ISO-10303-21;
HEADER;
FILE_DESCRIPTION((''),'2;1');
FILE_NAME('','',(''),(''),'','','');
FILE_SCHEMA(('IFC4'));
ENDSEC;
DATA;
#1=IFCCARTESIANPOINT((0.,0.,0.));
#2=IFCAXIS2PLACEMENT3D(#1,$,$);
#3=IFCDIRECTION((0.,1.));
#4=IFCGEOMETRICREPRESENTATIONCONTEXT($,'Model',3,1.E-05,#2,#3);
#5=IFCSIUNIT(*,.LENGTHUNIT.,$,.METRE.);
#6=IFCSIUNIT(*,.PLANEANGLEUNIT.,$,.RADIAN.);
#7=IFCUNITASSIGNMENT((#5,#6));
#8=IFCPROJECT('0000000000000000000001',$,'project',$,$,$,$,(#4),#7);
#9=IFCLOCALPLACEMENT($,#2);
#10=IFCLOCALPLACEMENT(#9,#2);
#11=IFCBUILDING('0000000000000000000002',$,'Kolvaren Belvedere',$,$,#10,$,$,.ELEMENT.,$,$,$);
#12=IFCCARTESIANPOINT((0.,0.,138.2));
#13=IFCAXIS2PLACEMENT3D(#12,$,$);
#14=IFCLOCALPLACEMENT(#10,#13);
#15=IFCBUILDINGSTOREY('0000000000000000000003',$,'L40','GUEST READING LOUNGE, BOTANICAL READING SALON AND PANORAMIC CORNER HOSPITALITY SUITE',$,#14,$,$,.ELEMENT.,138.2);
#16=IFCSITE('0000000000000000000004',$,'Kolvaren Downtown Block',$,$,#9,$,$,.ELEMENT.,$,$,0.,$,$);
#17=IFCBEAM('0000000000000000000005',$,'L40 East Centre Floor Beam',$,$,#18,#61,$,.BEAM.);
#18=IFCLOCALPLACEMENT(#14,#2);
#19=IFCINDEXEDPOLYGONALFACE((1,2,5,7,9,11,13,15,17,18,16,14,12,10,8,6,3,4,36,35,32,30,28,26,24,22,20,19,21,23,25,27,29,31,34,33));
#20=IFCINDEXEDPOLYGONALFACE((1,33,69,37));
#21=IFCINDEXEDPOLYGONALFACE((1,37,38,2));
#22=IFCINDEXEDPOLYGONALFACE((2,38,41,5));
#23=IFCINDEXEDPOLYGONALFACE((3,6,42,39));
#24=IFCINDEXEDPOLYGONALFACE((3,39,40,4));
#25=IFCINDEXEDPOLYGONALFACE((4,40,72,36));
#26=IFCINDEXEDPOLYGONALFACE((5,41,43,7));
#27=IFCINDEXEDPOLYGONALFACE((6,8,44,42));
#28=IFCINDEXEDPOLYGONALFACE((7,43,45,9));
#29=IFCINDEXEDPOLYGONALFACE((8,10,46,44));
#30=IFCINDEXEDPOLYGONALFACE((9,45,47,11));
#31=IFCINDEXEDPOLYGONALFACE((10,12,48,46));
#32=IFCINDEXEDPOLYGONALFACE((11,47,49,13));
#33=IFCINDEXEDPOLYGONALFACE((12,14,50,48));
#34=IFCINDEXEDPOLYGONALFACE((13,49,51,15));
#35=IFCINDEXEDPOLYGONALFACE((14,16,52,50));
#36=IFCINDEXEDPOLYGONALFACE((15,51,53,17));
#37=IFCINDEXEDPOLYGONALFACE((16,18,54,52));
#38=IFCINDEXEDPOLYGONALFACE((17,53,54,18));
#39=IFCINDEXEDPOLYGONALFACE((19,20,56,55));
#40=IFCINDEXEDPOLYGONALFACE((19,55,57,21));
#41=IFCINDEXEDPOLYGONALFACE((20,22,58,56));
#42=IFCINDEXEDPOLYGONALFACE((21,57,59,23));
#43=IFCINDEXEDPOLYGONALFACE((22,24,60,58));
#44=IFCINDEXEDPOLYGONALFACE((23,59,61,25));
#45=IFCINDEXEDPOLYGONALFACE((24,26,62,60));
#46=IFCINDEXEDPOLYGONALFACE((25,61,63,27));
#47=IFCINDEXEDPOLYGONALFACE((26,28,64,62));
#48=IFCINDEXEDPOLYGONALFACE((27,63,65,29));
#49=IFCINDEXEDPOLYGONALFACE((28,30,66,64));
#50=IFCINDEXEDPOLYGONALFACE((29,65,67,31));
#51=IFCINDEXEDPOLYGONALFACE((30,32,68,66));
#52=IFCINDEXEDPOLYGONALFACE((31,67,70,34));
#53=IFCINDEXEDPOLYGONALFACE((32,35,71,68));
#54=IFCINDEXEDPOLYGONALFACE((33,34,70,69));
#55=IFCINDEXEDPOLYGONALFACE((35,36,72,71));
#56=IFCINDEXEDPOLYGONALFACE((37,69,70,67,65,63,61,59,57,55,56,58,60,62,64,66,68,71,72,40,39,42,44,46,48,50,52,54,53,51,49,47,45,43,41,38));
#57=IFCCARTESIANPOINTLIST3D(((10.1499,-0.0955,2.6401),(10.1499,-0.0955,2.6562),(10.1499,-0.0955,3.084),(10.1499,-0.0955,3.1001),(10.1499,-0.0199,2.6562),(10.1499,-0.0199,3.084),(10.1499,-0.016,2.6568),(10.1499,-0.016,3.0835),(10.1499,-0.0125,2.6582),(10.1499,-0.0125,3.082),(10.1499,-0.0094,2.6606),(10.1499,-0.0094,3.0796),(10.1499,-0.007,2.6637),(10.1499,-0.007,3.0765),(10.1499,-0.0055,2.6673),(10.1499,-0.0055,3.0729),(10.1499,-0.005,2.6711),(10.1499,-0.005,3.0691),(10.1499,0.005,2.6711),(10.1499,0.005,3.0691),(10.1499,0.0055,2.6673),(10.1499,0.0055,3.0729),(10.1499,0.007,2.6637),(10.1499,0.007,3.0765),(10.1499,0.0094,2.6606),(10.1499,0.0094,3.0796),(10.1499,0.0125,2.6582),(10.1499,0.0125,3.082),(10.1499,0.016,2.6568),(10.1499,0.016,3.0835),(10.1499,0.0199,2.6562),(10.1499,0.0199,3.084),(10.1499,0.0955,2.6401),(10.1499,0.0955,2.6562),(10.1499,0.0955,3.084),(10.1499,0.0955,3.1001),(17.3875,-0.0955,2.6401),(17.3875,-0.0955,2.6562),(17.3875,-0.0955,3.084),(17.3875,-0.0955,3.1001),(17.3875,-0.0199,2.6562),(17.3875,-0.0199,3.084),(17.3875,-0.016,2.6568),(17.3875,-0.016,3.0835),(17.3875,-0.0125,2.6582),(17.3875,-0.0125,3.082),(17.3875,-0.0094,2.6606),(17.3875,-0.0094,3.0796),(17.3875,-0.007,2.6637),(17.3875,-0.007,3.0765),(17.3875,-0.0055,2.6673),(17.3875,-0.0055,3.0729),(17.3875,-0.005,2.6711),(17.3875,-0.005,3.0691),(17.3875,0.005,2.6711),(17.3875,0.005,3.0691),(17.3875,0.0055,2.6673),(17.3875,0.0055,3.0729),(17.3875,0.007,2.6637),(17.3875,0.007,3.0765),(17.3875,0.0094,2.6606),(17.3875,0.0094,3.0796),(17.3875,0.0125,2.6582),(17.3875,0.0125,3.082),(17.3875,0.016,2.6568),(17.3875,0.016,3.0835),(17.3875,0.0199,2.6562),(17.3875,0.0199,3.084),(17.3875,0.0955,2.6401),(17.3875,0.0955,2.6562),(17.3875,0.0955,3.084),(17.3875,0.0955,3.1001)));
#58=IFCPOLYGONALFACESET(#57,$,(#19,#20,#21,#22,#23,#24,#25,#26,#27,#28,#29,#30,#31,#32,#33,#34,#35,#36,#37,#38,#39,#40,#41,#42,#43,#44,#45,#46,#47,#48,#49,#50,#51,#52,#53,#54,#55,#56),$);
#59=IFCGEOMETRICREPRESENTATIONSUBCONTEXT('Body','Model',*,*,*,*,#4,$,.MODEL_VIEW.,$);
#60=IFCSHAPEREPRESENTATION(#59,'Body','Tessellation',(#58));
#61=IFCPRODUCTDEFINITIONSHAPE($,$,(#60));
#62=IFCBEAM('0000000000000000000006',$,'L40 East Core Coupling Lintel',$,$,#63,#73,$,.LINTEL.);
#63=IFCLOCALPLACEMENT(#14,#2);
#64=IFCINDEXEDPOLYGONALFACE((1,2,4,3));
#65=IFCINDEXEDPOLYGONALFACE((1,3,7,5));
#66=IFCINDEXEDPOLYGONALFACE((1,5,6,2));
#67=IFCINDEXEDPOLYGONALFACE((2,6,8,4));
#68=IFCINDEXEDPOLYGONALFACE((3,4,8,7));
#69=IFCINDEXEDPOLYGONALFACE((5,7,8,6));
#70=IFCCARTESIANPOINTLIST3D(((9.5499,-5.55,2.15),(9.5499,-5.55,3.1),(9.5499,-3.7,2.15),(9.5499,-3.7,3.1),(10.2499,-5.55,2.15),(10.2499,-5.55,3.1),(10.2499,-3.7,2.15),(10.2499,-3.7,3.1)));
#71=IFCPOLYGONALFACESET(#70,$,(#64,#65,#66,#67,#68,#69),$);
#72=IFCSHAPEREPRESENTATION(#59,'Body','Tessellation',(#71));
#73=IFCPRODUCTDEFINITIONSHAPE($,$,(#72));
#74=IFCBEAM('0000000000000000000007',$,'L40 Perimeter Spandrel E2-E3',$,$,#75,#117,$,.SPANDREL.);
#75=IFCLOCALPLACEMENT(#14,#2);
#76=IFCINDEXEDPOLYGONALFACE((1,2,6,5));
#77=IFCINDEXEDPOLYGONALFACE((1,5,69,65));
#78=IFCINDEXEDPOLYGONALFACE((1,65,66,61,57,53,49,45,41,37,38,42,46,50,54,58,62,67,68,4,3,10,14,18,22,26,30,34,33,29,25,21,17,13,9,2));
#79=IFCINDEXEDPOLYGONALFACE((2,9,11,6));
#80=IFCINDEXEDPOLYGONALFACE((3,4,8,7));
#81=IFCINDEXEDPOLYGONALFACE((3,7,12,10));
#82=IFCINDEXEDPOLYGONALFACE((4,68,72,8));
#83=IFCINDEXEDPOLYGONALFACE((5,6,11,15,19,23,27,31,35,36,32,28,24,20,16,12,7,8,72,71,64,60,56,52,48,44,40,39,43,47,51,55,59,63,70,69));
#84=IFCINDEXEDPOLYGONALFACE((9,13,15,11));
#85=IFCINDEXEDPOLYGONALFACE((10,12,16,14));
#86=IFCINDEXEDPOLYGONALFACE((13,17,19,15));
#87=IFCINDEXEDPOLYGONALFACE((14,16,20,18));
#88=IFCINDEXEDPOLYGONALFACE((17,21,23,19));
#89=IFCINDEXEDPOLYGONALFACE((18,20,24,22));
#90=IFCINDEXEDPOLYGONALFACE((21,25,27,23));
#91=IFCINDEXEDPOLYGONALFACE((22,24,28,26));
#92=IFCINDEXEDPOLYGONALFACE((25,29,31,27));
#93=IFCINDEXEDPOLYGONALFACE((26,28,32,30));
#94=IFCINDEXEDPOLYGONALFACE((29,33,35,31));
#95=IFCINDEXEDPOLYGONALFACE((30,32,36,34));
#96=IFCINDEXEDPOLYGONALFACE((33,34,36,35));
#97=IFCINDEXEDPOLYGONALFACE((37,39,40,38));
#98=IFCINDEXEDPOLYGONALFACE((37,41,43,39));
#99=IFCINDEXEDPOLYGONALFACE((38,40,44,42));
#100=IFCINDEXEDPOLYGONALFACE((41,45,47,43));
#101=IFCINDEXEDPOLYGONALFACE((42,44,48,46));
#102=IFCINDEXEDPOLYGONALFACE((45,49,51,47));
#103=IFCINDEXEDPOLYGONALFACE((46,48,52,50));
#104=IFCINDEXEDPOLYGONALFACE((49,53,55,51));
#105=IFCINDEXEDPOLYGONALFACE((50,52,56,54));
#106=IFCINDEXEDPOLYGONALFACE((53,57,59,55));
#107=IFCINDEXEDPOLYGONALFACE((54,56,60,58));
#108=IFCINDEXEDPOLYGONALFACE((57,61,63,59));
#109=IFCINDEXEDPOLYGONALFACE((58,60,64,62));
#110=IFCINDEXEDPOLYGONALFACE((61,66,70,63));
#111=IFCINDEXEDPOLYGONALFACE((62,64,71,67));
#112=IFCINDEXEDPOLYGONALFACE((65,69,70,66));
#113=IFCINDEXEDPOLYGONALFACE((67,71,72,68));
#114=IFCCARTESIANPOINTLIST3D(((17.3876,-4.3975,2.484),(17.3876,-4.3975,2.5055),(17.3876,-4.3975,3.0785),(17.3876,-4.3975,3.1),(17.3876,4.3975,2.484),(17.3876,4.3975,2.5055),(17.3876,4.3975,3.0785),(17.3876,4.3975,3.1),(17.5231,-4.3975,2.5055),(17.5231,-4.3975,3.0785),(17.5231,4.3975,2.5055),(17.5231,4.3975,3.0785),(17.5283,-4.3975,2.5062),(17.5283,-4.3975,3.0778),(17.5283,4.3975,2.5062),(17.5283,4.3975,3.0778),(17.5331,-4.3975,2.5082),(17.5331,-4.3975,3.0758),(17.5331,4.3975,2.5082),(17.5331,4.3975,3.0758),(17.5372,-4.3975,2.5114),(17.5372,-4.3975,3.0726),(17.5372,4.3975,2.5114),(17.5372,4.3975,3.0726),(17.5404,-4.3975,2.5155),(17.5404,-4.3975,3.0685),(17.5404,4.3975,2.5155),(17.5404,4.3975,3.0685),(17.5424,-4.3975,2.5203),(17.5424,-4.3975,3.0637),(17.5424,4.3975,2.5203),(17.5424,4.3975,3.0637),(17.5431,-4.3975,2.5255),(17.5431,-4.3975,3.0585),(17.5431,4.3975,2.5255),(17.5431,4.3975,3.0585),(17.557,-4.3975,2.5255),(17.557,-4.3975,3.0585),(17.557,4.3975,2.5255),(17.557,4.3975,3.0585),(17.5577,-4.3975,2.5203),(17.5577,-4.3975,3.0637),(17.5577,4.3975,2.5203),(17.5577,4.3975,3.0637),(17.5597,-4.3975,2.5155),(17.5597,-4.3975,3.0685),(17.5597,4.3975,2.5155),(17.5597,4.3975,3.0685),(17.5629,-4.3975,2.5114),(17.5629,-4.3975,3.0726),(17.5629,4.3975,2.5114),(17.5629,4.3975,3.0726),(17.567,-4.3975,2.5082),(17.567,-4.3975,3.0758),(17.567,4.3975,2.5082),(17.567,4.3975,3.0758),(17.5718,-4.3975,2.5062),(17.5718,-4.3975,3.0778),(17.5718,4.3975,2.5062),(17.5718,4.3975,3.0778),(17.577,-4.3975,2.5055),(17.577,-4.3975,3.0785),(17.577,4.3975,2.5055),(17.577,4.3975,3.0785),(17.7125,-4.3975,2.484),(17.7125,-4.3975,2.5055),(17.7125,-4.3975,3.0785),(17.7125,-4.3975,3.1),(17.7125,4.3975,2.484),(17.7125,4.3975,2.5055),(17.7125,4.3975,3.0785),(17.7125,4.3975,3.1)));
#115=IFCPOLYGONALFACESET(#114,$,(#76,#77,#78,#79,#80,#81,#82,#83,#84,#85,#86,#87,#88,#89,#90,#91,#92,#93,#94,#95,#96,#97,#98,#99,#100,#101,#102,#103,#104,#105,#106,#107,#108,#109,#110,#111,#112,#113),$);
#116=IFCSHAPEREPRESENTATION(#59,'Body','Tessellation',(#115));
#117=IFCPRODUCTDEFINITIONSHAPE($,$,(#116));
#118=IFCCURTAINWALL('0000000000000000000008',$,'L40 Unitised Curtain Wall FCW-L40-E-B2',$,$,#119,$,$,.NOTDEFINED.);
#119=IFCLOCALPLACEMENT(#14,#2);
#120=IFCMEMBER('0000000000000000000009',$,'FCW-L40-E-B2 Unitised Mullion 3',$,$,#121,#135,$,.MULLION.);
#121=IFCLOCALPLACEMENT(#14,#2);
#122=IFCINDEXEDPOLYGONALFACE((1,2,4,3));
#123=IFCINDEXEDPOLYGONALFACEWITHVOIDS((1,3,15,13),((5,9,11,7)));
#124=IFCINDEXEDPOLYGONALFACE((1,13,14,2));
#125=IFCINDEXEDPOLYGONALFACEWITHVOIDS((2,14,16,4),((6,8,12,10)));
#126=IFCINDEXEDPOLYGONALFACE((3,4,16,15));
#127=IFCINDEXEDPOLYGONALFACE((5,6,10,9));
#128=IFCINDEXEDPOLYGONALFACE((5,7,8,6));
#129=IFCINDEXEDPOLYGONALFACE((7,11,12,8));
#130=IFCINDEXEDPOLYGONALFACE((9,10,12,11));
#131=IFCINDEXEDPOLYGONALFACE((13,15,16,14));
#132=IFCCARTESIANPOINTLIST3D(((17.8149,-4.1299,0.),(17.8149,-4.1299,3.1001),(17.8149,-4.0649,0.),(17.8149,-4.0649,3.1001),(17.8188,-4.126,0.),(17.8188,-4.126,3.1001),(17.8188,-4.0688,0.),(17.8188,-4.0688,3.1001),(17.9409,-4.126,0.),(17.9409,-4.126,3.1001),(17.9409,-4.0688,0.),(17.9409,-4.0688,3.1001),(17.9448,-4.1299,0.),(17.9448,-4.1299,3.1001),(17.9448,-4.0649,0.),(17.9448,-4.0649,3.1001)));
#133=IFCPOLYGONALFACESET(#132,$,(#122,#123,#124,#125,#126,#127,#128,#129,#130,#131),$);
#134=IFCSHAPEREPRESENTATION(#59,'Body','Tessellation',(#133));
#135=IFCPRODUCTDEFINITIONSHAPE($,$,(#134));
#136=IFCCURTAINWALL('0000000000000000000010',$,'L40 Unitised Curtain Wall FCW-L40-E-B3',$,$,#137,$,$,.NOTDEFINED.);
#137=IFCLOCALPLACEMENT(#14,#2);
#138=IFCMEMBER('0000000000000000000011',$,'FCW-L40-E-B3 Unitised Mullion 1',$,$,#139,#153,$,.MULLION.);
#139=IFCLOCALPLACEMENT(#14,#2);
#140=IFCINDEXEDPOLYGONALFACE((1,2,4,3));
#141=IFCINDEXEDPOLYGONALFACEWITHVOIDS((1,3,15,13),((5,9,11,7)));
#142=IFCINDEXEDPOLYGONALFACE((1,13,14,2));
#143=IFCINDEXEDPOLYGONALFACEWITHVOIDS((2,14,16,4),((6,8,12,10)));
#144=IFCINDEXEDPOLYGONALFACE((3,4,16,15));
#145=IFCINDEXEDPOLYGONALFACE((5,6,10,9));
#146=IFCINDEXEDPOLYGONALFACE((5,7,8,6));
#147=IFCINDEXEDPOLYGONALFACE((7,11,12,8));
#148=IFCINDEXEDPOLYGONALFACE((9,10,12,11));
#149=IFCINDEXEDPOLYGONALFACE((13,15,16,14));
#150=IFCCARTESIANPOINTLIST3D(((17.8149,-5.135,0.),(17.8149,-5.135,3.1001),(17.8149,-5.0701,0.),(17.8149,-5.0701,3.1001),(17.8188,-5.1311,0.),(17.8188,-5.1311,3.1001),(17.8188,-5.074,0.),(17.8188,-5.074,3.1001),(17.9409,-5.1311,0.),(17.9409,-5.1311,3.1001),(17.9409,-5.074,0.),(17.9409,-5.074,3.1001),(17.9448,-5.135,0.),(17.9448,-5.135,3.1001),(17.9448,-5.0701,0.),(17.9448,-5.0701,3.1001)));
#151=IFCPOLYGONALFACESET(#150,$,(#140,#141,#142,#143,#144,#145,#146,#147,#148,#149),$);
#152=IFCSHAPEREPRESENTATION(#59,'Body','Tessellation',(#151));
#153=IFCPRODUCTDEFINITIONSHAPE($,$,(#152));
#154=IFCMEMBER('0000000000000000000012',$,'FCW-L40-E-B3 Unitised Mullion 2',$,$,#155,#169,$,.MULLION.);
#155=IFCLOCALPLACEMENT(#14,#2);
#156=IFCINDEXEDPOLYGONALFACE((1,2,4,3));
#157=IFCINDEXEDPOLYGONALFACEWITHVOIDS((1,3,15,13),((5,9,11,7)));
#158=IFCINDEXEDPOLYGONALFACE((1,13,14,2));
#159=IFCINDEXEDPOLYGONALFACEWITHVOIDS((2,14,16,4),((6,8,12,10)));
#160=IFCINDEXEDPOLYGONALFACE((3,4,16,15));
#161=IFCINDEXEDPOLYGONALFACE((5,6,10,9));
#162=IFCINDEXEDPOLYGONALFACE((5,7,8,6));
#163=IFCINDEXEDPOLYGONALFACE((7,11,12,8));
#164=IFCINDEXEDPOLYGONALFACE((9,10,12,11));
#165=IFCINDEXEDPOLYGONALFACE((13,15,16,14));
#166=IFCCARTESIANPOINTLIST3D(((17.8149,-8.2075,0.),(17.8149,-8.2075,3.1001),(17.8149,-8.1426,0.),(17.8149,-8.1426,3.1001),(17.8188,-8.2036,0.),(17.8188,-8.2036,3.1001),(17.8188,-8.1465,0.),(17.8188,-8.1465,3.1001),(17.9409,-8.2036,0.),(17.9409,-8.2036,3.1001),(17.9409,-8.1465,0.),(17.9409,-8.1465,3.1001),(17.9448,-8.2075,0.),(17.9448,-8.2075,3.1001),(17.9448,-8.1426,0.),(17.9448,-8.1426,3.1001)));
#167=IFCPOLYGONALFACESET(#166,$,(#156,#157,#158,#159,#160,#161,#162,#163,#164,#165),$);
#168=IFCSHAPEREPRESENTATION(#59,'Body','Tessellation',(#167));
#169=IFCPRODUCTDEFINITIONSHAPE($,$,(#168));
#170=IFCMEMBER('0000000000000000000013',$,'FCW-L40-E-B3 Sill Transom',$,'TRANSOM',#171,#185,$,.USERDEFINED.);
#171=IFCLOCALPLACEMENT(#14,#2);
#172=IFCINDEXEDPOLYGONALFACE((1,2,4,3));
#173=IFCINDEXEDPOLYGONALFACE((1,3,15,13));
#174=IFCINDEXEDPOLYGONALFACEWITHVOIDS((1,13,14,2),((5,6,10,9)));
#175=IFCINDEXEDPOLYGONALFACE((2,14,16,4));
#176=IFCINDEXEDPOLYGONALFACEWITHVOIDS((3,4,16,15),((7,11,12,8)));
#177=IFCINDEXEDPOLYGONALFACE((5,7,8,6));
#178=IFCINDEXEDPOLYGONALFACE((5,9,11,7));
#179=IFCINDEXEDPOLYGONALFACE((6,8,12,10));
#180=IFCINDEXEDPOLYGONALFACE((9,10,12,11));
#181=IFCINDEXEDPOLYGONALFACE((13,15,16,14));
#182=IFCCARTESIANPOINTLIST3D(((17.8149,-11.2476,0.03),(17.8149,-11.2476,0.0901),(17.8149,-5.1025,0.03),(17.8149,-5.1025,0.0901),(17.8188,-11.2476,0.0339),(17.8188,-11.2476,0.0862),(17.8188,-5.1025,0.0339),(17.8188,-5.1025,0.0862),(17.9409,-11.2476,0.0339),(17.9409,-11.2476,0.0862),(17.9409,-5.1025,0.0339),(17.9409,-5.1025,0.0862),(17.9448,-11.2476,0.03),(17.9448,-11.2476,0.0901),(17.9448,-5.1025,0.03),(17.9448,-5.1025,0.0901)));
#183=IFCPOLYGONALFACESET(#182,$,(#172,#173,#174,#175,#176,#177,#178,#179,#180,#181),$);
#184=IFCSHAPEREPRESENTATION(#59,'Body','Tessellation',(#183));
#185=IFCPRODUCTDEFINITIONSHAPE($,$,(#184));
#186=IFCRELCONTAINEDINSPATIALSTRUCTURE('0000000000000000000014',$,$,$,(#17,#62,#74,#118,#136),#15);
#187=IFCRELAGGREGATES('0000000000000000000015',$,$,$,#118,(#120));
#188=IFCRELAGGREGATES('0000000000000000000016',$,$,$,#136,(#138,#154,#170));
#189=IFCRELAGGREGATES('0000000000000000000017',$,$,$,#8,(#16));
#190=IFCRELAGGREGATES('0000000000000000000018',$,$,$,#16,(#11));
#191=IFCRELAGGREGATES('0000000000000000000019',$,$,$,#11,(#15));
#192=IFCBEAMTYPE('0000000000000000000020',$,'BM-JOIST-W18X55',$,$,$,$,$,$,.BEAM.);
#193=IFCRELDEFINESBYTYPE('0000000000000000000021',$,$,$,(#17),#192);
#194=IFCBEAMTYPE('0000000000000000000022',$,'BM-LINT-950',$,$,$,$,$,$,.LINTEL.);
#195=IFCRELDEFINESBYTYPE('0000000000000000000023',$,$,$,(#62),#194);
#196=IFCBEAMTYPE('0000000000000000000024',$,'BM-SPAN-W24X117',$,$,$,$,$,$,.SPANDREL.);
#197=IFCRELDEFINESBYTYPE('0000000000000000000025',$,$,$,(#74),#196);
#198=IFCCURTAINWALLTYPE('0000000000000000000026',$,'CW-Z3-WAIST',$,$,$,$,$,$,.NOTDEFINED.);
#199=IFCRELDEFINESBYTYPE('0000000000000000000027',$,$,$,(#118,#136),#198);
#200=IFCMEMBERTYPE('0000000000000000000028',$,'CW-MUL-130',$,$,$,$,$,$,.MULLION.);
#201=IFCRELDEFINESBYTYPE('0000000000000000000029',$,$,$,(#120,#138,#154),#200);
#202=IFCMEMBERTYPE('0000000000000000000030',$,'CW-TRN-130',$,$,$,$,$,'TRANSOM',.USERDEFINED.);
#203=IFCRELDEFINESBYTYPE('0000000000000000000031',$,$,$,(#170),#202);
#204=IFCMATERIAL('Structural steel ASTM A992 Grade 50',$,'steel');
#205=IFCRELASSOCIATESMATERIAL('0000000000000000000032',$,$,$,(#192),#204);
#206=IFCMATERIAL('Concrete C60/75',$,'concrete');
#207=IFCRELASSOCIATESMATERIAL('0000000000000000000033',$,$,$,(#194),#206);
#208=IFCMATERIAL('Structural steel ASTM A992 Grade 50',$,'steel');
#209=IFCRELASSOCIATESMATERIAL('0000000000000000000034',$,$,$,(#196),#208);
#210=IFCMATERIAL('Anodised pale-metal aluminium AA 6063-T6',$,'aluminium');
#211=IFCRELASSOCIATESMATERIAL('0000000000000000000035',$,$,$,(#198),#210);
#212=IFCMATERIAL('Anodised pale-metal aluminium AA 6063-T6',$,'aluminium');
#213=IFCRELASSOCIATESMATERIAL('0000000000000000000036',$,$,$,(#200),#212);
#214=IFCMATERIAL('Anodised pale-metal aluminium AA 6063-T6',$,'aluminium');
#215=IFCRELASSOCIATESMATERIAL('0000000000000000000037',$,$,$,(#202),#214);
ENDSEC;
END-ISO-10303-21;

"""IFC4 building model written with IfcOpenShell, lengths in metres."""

from ifc_helpers import new_model, si_unit, direction, frame, origin, origin_2d, place, context, subcontext, project, spatial, rectangle, hollow_rectangle, i_section, extrude, material, material_profile, profile_set, type_object, element, aggregate, save


model = new_model("IFC4")

# Units and contexts
model_context = context("Model", 3, precision=1e-05, world=origin(), true_north=direction((0.0, 1.0)))
body_context = subcontext(model_context, "Body", "Model", "MODEL_VIEW")
ifc_project = project(units=[si_unit("LENGTHUNIT", "METRE"), si_unit("PLANEANGLEUNIT", "RADIAN")], contexts=[model_context])

# Site, building, storey
site_placement = place(None, origin())
site = spatial("IfcSite", under=ifc_project, at=site_placement, Name="Kolvaren Downtown Block", CompositionType="ELEMENT", RefElevation=0.0)
building_placement = place(site_placement, origin())
building = spatial("IfcBuilding", under=site, at=building_placement, Name="Kolvaren Belvedere", CompositionType="ELEMENT")
storey_placement = place(building_placement, frame((0.0, 0.0, 138.2)))
storey = spatial("IfcBuildingStorey", under=building, at=storey_placement, Name="L40", Description="GUEST READING LOUNGE, BOTANICAL READING SALON AND PANORAMIC CORNER HOSPITALITY SUITE", CompositionType="ELEMENT", Elevation=138.2)

# Beams
ifc_material_1 = material(Name="Structural steel ASTM A992 Grade 50", Category="steel")
ifc_material_profile_1 = material_profile(ifc_material_1, i_section(OverallWidth=0.1909, OverallDepth=0.46, WebThickness=0.01, FlangeThickness=0.0161, FilletRadius=0.0149, at=origin_2d()), Name="W18X55")
ifc_profile_set_1 = profile_set([ifc_material_profile_1], Name="Structural steel ASTM A992 Grade 50")
beam_type_1 = type_object("IfcBeamType", Name="BM-JOIST-W18X55", PredefinedType="BEAM", material=ifc_profile_set_1)
beam_1_placement = place(storey_placement, frame((10.1499, 0.0, 2.8701), z_axis=(1.0, 0.0, 0.0), x_axis=(0.0, 1.0, 0.0)))
element("IfcBeam", 1, at=beam_1_placement, inside=storey, type_object=beam_type_1, Name="L40 East Centre Floor Beam", PredefinedType="BEAM", context=body_context, shape_type="SweptSolid", body=[
    extrude(i_section(OverallWidth=0.1909, OverallDepth=0.46, WebThickness=0.01, FlangeThickness=0.0161, FilletRadius=0.0149, at=origin_2d()), origin(), (0.0, 0.0, 1.0), 7.2375),
])
ifc_material_2 = material(Name="Concrete C60/75", Category="concrete")
ifc_material_profile_2 = material_profile(ifc_material_2, rectangle(XDim=0.7, YDim=0.95, at=origin_2d()), Name="RC 700X950")
ifc_profile_set_2 = profile_set([ifc_material_profile_2], Name="Concrete C60/75")
beam_type_2 = type_object("IfcBeamType", Name="BM-LINT-950", PredefinedType="LINTEL", material=ifc_profile_set_2)
beam_2_placement = place(storey_placement, frame((9.8999, -5.55, 2.625), z_axis=(0.0, 1.0, 0.0), x_axis=(-1.0, 0.0, 0.0)))
element("IfcBeam", 2, at=beam_2_placement, inside=storey, type_object=beam_type_2, Name="L40 East Core Coupling Lintel", PredefinedType="LINTEL", context=body_context, shape_type="SweptSolid", body=[
    extrude(rectangle(XDim=0.7, YDim=0.95, at=origin_2d()), origin(), (0.0, 0.0, 1.0), 1.8501),
])
ifc_material_3 = material(Name="Structural steel ASTM A992 Grade 50", Category="steel")
ifc_material_profile_3 = material_profile(ifc_material_3, i_section(OverallWidth=0.325, OverallDepth=0.616, WebThickness=0.0139, FlangeThickness=0.0215, FilletRadius=0.02, at=origin_2d()), Name="W24X117")
ifc_profile_set_3 = profile_set([ifc_material_profile_3], Name="Structural steel ASTM A992 Grade 50")
beam_type_3 = type_object("IfcBeamType", Name="BM-SPAN-W24X117", PredefinedType="SPANDREL", material=ifc_profile_set_3)
beam_3_placement = place(storey_placement, frame((17.55, -4.3975, 2.792), z_axis=(0.0, 1.0, 0.0), x_axis=(-1.0, 0.0, 0.0)))
element("IfcBeam", 3, at=beam_3_placement, inside=storey, type_object=beam_type_3, Name="L40 Perimeter Spandrel E2-E3", PredefinedType="SPANDREL", context=body_context, shape_type="SweptSolid", body=[
    extrude(i_section(OverallWidth=0.325, OverallDepth=0.616, WebThickness=0.0139, FlangeThickness=0.0215, FilletRadius=0.02, at=origin_2d()), origin(), (0.0, 0.0, 1.0), 8.7949),
])

# Curtain wall, member
ifc_material_4 = material(Name="Anodised pale-metal aluminium AA 6063-T6", Category="aluminium")
curtain_wall_type = type_object("IfcCurtainWallType", Name="CW-Z3-WAIST", PredefinedType="NOTDEFINED", material=ifc_material_4)
curtain_wall_1_placement = place(storey_placement, origin())
curtain_wall_1 = element("IfcCurtainWall", 4, at=curtain_wall_1_placement, inside=storey, type_object=curtain_wall_type, Name="L40 Unitised Curtain Wall FCW-L40-E-B2", PredefinedType="NOTDEFINED")
ifc_material_5 = material(Name="Anodised pale-metal aluminium AA 6063-T6", Category="aluminium")
ifc_material_profile_4 = material_profile(ifc_material_5, hollow_rectangle(XDim=0.0649, YDim=0.1299, WallThickness=0.0039, at=origin_2d()), Name="ALU-MUL-130X65")
ifc_profile_set_4 = profile_set([ifc_material_profile_4], Name="Anodised pale-metal aluminium AA 6063-T6")
member_type_1 = type_object("IfcMemberType", Name="CW-MUL-130", PredefinedType="MULLION", material=ifc_profile_set_4)
member_1_placement = place(storey_placement, frame((17.8799, -4.0974, 0.0), z_axis=(0.0, 0.0, 1.0), x_axis=(0.0, 1.0, 0.0)))
member_1 = element("IfcMember", 5, at=member_1_placement, type_object=member_type_1, Name="FCW-L40-E-B2 Unitised Mullion 3", PredefinedType="MULLION", context=body_context, shape_type="SweptSolid", body=[
    extrude(hollow_rectangle(XDim=0.0649, YDim=0.1299, WallThickness=0.0039, at=origin_2d()), origin(), (0.0, 0.0, 1.0), 3.1001),
])

# Curtain wall, members
curtain_wall_2_placement = place(storey_placement, origin())
curtain_wall_2 = element("IfcCurtainWall", 6, at=curtain_wall_2_placement, inside=storey, type_object=curtain_wall_type, Name="L40 Unitised Curtain Wall FCW-L40-E-B3", PredefinedType="NOTDEFINED")
member_2_placement = place(storey_placement, frame((17.8799, -5.1025, 0.0), z_axis=(0.0, 0.0, 1.0), x_axis=(0.0, 1.0, 0.0)))
member_2 = element("IfcMember", 7, at=member_2_placement, type_object=member_type_1, Name="FCW-L40-E-B3 Unitised Mullion 1", PredefinedType="MULLION", context=body_context, shape_type="SweptSolid", body=[
    extrude(hollow_rectangle(XDim=0.0649, YDim=0.1299, WallThickness=0.0039, at=origin_2d()), origin(), (0.0, 0.0, 1.0), 3.1001),
])
member_3_placement = place(storey_placement, frame((17.8799, -8.175, 0.0), z_axis=(0.0, 0.0, 1.0), x_axis=(0.0, 1.0, 0.0)))
member_3 = element("IfcMember", 8, at=member_3_placement, type_object=member_type_1, Name="FCW-L40-E-B3 Unitised Mullion 2", PredefinedType="MULLION", context=body_context, shape_type="SweptSolid", body=[
    extrude(hollow_rectangle(XDim=0.0649, YDim=0.1299, WallThickness=0.0039, at=origin_2d()), origin(), (0.0, 0.0, 1.0), 3.1001),
])
ifc_material_6 = material(Name="Anodised pale-metal aluminium AA 6063-T6", Category="aluminium")
ifc_material_profile_5 = material_profile(ifc_material_6, hollow_rectangle(XDim=0.0601, YDim=0.1299, WallThickness=0.0039, at=origin_2d()), Name="ALU-TRN-130X60")
ifc_profile_set_5 = profile_set([ifc_material_profile_5], Name="Anodised pale-metal aluminium AA 6063-T6")
member_type_2 = type_object("IfcMemberType", Name="CW-TRN-130", ElementType="TRANSOM", PredefinedType="USERDEFINED", material=ifc_profile_set_5)
member_4_placement = place(storey_placement, frame((17.8799, -5.1025, 0.0601), z_axis=(0.0, -1.0, 0.0), x_axis=(0.0, 0.0, 1.0)))
member_4 = element("IfcMember", 9, at=member_4_placement, type_object=member_type_2, Name="FCW-L40-E-B3 Sill Transom", ObjectType="TRANSOM", PredefinedType="USERDEFINED", context=body_context, shape_type="SweptSolid", body=[
    extrude(hollow_rectangle(XDim=0.0601, YDim=0.1299, WallThickness=0.0039, at=origin_2d()), origin(), (0.0, 0.0, 1.0), 6.145),
])

aggregate(curtain_wall_1, [member_1])
aggregate(curtain_wall_2, [member_2, member_3, member_4])

save(model, "model.ifc")
